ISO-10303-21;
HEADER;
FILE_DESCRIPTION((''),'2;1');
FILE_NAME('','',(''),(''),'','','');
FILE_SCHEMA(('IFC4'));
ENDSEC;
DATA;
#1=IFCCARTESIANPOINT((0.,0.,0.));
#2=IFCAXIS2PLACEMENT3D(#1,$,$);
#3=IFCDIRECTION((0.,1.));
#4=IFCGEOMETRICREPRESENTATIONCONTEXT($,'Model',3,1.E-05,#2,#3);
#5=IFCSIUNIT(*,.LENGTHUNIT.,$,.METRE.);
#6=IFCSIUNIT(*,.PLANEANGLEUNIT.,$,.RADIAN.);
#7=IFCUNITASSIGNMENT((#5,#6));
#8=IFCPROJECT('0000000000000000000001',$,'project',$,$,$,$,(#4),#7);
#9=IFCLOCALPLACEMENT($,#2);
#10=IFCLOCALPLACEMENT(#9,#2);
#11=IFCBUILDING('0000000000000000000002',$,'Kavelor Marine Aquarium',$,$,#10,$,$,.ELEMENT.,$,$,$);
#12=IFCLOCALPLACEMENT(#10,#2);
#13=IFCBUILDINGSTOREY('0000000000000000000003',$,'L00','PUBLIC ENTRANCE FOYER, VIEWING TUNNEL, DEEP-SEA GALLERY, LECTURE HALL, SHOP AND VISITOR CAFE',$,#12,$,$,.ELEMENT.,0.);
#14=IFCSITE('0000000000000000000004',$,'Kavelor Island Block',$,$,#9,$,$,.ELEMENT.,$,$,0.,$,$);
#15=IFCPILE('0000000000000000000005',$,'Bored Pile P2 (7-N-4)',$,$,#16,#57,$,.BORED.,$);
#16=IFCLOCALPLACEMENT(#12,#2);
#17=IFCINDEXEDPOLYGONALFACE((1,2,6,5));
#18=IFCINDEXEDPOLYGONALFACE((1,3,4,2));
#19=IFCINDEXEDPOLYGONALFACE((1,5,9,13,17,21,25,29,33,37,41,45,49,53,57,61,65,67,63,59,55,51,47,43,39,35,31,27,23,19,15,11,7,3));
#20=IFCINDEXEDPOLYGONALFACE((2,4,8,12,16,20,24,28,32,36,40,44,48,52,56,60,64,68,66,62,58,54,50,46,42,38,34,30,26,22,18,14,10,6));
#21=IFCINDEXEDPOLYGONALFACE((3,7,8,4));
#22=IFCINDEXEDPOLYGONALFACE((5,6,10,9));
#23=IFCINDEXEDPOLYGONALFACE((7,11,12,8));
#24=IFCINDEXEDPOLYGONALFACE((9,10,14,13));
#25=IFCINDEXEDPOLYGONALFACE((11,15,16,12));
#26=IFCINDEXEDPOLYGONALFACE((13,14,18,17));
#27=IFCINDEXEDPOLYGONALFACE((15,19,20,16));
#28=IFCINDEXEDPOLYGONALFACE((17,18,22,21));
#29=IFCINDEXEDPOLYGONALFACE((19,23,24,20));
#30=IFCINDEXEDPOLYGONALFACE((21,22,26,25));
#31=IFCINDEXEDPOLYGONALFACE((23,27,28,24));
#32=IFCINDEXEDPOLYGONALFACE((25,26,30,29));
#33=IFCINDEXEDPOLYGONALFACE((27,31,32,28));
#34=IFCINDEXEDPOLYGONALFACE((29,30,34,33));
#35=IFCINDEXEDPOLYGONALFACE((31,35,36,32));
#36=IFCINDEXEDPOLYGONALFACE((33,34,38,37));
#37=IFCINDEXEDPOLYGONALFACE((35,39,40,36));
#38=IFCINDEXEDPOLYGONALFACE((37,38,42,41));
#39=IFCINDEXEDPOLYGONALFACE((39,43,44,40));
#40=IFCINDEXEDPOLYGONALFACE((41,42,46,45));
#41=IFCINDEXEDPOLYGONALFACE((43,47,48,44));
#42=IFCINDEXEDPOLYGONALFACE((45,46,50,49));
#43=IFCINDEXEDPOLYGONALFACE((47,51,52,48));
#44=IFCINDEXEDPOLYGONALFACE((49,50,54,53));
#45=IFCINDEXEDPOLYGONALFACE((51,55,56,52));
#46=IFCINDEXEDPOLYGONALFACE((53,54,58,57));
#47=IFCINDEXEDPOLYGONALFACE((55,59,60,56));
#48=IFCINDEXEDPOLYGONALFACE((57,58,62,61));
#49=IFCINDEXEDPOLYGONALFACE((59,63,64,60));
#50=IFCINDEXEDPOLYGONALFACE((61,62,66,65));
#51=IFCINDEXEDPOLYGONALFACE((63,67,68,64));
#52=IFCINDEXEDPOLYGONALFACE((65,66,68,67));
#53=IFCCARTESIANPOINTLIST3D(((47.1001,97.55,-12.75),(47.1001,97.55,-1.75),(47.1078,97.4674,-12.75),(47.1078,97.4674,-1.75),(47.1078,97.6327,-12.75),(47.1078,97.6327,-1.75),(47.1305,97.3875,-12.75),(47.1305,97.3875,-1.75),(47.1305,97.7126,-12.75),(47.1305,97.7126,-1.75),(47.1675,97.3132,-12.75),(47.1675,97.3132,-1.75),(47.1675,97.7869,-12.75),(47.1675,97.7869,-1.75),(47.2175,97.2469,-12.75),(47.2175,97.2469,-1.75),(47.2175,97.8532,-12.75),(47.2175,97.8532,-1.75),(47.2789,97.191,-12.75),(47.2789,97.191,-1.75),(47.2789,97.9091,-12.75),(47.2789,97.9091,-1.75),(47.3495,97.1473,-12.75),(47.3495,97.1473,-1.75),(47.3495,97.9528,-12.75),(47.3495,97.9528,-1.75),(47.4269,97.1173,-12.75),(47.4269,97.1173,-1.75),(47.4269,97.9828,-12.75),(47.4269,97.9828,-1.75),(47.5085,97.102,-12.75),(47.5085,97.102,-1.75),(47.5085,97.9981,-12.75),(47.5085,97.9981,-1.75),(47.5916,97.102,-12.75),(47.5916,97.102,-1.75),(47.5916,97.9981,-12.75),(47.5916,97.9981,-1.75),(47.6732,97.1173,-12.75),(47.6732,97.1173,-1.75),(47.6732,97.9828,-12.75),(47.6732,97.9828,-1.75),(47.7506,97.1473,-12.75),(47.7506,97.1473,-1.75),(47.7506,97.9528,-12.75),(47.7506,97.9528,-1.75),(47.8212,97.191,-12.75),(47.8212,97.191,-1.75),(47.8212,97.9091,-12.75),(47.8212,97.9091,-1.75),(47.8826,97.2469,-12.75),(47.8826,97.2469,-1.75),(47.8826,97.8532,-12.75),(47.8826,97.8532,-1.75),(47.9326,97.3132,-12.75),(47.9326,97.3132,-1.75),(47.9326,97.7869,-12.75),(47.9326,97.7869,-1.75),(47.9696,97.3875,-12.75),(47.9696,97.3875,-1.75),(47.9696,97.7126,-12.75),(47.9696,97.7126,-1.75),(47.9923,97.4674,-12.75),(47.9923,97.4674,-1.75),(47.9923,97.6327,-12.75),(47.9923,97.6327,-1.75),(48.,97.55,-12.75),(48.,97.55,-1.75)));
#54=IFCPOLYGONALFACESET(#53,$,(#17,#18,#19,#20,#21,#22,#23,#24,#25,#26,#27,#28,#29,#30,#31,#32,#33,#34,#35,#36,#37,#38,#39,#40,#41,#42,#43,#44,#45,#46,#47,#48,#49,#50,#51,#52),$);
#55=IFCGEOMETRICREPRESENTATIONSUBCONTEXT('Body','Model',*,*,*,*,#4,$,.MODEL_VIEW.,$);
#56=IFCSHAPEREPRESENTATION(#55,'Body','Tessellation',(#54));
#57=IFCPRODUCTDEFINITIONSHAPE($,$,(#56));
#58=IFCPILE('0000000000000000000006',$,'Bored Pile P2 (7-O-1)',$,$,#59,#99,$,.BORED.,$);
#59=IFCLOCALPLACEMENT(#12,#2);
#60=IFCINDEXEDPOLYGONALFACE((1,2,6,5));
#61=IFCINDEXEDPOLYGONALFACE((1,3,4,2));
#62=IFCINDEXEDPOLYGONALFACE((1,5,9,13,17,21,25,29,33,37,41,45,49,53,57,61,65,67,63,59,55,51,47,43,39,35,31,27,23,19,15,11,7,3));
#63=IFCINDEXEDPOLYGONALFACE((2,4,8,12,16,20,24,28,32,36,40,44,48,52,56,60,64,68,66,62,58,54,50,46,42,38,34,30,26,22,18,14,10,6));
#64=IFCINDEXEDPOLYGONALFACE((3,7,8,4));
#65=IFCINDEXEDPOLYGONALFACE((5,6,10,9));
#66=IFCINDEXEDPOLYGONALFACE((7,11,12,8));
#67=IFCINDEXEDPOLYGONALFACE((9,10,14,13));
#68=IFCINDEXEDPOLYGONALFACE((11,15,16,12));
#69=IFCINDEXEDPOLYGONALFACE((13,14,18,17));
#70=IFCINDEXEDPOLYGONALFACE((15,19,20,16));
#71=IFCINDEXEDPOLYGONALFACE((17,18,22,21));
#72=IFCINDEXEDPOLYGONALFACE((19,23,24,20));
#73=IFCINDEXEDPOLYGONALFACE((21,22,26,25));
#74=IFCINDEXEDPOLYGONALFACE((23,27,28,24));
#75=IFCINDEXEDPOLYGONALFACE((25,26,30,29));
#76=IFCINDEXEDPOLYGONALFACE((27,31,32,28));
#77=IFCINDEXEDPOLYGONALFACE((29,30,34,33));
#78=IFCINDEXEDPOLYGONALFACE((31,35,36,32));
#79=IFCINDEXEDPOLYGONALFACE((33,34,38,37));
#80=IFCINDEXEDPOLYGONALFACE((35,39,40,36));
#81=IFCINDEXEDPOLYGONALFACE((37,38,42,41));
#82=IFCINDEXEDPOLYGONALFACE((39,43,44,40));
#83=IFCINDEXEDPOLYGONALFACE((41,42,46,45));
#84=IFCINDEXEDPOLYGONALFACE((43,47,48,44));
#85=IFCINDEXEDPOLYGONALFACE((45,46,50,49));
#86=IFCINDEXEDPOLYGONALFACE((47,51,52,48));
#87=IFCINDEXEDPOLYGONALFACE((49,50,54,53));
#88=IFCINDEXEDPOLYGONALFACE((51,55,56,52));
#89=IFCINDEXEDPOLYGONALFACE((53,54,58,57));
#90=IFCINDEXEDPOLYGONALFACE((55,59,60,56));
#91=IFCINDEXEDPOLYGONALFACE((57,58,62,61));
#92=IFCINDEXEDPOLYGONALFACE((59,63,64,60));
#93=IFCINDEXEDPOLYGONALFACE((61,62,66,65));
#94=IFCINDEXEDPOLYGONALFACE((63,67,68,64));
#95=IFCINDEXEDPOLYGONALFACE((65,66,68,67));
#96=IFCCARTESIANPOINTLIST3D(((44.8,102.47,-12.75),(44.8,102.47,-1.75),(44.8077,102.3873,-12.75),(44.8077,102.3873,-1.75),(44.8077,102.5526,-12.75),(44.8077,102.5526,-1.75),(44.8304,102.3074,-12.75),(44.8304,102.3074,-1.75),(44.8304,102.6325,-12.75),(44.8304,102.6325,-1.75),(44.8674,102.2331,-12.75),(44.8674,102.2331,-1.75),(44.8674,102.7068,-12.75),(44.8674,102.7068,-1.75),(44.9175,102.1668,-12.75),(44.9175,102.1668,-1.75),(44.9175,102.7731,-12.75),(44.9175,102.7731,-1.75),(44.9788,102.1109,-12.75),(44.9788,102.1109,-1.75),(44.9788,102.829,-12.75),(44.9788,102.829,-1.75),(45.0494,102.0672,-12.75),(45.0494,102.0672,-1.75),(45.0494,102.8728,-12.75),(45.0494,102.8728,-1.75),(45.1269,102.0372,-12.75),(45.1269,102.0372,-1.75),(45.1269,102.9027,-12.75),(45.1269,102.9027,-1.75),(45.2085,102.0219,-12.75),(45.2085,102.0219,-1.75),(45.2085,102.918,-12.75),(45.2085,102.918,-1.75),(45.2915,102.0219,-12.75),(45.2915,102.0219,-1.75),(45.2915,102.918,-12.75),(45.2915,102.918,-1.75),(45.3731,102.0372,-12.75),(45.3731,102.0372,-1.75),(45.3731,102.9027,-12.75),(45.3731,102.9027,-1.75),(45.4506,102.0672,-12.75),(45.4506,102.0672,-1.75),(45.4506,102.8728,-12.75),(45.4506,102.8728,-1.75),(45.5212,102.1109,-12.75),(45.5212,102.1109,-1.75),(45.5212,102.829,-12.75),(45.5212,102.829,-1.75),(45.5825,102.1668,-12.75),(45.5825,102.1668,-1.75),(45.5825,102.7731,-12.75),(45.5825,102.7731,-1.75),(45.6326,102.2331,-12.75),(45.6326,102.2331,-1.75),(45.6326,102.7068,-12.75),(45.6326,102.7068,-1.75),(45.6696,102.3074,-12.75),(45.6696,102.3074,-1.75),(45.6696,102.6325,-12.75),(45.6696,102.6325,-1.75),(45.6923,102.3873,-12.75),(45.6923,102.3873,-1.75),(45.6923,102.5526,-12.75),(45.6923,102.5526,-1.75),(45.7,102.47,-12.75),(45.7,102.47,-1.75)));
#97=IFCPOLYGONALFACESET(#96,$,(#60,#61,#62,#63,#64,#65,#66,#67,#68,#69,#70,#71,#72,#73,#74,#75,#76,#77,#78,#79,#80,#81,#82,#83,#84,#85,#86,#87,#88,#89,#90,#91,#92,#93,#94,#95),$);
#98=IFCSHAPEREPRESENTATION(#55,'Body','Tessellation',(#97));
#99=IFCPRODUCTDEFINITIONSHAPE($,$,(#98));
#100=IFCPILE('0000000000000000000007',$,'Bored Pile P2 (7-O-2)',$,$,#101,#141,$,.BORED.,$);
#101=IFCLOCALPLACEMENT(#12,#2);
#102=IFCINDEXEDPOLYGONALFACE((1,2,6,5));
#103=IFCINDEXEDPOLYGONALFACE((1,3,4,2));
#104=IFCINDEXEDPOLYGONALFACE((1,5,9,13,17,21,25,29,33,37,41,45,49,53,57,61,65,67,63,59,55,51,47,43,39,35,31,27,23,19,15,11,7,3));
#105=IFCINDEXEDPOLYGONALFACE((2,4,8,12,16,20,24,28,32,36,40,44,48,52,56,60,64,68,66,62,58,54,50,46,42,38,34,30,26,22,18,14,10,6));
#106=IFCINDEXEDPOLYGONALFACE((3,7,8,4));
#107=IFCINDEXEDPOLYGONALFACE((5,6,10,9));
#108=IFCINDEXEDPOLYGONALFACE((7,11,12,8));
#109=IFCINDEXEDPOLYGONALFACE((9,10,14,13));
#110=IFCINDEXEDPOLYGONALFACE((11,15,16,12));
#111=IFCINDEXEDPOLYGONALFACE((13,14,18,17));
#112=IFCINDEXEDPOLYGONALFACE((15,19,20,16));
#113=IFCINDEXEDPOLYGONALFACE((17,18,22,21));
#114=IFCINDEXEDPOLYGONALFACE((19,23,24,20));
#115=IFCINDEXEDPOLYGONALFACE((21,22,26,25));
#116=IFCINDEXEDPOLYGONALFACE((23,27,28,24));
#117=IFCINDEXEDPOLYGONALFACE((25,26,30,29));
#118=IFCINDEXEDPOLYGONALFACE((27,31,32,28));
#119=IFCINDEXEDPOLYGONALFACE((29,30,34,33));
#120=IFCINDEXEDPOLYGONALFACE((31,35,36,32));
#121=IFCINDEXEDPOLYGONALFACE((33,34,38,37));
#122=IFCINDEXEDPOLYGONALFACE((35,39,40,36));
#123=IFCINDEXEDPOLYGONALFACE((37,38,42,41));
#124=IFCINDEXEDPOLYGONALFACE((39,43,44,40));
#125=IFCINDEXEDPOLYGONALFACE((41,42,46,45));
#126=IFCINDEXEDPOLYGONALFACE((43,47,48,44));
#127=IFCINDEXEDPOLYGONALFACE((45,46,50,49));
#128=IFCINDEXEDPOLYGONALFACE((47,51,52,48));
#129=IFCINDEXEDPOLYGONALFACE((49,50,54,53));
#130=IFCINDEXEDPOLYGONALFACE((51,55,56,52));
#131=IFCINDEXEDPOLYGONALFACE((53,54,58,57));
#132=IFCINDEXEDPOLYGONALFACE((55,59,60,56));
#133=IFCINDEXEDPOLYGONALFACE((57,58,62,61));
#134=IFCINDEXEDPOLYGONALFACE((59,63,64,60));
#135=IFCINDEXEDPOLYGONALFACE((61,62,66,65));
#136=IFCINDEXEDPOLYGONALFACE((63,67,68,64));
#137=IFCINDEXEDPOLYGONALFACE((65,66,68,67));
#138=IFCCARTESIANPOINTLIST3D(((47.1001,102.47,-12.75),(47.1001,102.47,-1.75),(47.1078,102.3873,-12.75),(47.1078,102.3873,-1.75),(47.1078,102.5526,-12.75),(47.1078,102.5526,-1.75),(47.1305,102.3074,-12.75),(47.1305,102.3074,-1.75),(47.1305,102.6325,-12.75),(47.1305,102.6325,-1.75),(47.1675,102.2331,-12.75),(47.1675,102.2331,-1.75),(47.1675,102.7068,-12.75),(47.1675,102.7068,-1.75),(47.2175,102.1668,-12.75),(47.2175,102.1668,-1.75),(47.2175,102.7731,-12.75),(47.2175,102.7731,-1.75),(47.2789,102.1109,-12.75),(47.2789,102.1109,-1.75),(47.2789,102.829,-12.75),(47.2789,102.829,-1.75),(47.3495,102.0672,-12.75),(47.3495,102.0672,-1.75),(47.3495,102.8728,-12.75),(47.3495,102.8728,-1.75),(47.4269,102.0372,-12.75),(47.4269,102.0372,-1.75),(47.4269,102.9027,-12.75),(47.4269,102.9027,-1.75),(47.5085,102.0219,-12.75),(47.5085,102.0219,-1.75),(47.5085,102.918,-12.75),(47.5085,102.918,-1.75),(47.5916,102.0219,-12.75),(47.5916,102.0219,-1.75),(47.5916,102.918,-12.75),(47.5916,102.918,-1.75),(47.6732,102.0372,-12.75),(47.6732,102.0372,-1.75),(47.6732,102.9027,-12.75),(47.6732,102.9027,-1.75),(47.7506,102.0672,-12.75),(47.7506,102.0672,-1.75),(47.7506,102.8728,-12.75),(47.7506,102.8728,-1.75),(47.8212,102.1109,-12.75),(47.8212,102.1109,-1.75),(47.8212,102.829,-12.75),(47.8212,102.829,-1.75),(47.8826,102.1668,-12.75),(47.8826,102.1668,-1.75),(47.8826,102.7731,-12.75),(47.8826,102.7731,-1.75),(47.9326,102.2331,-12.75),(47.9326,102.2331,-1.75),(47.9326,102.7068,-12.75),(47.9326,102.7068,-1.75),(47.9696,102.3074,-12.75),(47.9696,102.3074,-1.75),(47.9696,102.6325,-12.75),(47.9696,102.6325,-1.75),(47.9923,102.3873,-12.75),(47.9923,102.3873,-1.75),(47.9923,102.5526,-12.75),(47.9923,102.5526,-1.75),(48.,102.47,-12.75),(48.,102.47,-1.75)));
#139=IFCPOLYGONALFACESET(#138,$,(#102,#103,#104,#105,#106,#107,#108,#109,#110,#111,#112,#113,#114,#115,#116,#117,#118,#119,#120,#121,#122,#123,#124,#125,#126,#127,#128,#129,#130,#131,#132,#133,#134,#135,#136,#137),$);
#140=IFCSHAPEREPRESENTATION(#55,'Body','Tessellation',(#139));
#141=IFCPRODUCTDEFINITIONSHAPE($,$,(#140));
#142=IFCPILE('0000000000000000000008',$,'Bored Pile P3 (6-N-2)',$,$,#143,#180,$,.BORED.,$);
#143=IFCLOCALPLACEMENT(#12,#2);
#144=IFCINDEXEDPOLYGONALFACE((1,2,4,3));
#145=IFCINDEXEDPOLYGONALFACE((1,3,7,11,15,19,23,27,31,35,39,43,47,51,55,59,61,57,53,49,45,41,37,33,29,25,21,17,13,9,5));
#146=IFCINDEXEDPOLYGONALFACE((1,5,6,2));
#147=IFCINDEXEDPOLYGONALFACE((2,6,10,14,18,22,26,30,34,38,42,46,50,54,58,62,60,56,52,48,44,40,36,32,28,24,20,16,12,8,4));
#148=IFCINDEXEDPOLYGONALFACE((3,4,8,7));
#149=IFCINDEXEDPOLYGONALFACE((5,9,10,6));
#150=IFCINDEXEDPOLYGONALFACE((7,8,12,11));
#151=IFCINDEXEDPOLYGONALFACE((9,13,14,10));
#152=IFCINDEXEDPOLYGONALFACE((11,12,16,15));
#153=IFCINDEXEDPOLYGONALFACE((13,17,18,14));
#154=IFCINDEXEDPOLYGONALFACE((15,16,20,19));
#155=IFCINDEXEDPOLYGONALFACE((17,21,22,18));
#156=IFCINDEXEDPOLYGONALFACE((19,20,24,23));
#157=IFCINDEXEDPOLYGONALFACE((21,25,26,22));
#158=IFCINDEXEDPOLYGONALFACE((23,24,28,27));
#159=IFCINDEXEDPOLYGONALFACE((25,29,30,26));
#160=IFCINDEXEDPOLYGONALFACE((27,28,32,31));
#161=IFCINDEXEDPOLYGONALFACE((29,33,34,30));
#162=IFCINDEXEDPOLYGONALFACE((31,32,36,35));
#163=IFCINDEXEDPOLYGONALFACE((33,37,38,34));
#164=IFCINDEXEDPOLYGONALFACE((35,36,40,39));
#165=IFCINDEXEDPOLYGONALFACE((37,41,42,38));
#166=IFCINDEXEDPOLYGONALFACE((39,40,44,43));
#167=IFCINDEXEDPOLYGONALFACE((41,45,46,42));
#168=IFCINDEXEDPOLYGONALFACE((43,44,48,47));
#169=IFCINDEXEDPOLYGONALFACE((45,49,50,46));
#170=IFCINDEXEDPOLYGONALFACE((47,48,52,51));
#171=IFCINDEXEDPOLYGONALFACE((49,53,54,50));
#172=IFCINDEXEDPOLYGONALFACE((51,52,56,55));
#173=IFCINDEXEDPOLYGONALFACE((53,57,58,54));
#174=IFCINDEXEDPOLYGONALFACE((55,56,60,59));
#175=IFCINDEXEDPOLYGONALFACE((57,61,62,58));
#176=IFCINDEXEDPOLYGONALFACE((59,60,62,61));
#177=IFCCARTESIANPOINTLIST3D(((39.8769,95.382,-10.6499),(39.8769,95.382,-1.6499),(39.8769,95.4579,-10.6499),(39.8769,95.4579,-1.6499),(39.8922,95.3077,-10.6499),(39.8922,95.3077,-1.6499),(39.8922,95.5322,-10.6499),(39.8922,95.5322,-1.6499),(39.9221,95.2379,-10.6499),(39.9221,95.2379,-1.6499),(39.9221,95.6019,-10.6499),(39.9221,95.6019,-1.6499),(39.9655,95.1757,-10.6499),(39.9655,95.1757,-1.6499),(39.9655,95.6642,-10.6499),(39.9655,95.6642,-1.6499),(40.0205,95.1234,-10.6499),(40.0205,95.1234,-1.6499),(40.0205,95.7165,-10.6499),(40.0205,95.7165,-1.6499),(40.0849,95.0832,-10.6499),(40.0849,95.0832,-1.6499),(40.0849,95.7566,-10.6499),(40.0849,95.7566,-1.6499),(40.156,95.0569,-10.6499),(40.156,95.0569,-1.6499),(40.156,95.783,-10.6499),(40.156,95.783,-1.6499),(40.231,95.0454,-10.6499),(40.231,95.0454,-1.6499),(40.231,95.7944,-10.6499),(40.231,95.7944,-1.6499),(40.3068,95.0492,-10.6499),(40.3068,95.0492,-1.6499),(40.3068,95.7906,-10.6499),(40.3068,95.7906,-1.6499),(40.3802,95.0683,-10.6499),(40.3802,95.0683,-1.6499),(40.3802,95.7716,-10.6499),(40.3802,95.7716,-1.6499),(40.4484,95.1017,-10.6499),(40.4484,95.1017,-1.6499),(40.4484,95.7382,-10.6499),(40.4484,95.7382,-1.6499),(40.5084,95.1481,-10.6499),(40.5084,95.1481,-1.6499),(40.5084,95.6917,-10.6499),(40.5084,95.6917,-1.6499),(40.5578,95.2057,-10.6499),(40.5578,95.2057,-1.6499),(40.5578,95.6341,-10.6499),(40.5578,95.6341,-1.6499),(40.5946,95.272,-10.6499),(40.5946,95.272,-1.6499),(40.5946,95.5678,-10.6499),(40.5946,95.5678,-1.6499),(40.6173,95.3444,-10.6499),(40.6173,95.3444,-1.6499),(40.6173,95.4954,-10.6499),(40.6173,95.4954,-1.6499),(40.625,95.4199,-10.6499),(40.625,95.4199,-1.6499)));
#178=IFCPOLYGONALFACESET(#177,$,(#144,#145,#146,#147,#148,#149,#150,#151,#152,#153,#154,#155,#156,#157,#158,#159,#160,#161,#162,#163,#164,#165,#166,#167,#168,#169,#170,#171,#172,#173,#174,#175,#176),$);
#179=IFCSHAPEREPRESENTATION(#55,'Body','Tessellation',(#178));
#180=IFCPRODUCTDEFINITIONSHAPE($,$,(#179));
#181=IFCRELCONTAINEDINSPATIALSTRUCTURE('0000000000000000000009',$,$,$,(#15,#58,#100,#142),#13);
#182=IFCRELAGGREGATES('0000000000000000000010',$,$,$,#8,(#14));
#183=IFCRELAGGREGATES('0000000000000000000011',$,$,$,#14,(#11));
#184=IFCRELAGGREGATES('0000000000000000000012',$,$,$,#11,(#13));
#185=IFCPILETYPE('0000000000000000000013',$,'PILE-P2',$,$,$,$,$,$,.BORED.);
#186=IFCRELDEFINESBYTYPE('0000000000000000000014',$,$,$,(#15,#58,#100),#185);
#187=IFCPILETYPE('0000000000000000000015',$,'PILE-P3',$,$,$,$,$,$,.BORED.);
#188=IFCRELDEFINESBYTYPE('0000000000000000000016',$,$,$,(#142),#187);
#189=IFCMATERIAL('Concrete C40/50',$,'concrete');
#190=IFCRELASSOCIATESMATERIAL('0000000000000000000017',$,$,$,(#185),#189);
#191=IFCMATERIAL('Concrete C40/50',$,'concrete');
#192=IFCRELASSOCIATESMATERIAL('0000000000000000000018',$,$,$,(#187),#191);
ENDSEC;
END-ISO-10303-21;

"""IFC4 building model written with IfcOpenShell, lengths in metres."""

from ifc_helpers import new_model, si_unit, direction, frame, origin, origin_2d, place, context, subcontext, project, spatial, circle, extrude, material, material_profile, profile_set, type_object, element, save


model = new_model("IFC4")

# Units and contexts
model_context = context("Model", 3, precision=1e-05, world=origin(), true_north=direction((0.0, 1.0)))
body_context = subcontext(model_context, "Body", "Model", "MODEL_VIEW")
ifc_project = project(units=[si_unit("LENGTHUNIT", "METRE"), si_unit("PLANEANGLEUNIT", "RADIAN")], contexts=[model_context])

# Site, building, storey
site_placement = place(None, origin())
site = spatial("IfcSite", under=ifc_project, at=site_placement, Name="Kavelor Island Block", CompositionType="ELEMENT", RefElevation=0.0)
building_placement = place(site_placement, origin())
building = spatial("IfcBuilding", under=site, at=building_placement, Name="Kavelor Marine Aquarium", CompositionType="ELEMENT")
storey_placement = place(building_placement, origin())
storey = spatial("IfcBuildingStorey", under=building, at=storey_placement, Name="L00", Description="PUBLIC ENTRANCE FOYER, VIEWING TUNNEL, DEEP-SEA GALLERY, LECTURE HALL, SHOP AND VISITOR CAFE", CompositionType="ELEMENT", Elevation=0.0)

# Piles
ifc_material_1 = material(Name="Concrete C40/50", Category="concrete")
ifc_material_profile_1 = material_profile(ifc_material_1, circle(Radius=0.45, at=origin_2d()), Name="PILE D900")
ifc_profile_set_1 = profile_set([ifc_material_profile_1], Name="Concrete C40/50")
pile_type_1 = type_object("IfcPileType", Name="PILE-P2", PredefinedType="BORED", material=ifc_profile_set_1)
for number, where, z_axis, x_axis, name in (
    (1, (47.55, 97.55, -1.75), (0.0, 0.0, -1.0), (1.0, 0.0, 0.0), "Bored Pile P2 (7-N-4)"),
    (2, (45.25, 102.47, -1.75), (0.0, 0.0, -1.0), (1.0, 0.0, 0.0), "Bored Pile P2 (7-O-1)"),
    (3, (47.55, 102.47, -1.75), (0.0, 0.0, -1.0), (1.0, 0.0, 0.0), "Bored Pile P2 (7-O-2)"),
):
    element("IfcPile", number, at=place(storey_placement, frame(where, z_axis=z_axis, x_axis=x_axis)), inside=storey, type_object=pile_type_1, Name=name, PredefinedType="BORED", context=body_context, shape_type="SweptSolid", body=[
        extrude(circle(Radius=0.45, at=origin_2d()), origin(), (0.0, 0.0, 1.0), 11.0),
    ])
ifc_material_2 = material(Name="Concrete C40/50", Category="concrete")
ifc_material_profile_2 = material_profile(ifc_material_2, circle(Radius=0.375, at=origin_2d()), Name="PILE D750")
ifc_profile_set_2 = profile_set([ifc_material_profile_2], Name="Concrete C40/50")
pile_type_2 = type_object("IfcPileType", Name="PILE-P3", PredefinedType="BORED", material=ifc_profile_set_2)
for number, where, z_axis, x_axis, name in (
    (4, (40.25, 95.4199, -1.6499), (0.0, 0.0, -1.0), (1.0, 0.0, 0.0), "Bored Pile P3 (6-N-2)"),
):
    element("IfcPile", number, at=place(storey_placement, frame(where, z_axis=z_axis, x_axis=x_axis)), inside=storey, type_object=pile_type_2, Name=name, PredefinedType="BORED", context=body_context, shape_type="SweptSolid", body=[
        extrude(circle(Radius=0.375, at=origin_2d()), origin(), (0.0, 0.0, 1.0), 9.0),
    ])

save(model, "model.ifc")
